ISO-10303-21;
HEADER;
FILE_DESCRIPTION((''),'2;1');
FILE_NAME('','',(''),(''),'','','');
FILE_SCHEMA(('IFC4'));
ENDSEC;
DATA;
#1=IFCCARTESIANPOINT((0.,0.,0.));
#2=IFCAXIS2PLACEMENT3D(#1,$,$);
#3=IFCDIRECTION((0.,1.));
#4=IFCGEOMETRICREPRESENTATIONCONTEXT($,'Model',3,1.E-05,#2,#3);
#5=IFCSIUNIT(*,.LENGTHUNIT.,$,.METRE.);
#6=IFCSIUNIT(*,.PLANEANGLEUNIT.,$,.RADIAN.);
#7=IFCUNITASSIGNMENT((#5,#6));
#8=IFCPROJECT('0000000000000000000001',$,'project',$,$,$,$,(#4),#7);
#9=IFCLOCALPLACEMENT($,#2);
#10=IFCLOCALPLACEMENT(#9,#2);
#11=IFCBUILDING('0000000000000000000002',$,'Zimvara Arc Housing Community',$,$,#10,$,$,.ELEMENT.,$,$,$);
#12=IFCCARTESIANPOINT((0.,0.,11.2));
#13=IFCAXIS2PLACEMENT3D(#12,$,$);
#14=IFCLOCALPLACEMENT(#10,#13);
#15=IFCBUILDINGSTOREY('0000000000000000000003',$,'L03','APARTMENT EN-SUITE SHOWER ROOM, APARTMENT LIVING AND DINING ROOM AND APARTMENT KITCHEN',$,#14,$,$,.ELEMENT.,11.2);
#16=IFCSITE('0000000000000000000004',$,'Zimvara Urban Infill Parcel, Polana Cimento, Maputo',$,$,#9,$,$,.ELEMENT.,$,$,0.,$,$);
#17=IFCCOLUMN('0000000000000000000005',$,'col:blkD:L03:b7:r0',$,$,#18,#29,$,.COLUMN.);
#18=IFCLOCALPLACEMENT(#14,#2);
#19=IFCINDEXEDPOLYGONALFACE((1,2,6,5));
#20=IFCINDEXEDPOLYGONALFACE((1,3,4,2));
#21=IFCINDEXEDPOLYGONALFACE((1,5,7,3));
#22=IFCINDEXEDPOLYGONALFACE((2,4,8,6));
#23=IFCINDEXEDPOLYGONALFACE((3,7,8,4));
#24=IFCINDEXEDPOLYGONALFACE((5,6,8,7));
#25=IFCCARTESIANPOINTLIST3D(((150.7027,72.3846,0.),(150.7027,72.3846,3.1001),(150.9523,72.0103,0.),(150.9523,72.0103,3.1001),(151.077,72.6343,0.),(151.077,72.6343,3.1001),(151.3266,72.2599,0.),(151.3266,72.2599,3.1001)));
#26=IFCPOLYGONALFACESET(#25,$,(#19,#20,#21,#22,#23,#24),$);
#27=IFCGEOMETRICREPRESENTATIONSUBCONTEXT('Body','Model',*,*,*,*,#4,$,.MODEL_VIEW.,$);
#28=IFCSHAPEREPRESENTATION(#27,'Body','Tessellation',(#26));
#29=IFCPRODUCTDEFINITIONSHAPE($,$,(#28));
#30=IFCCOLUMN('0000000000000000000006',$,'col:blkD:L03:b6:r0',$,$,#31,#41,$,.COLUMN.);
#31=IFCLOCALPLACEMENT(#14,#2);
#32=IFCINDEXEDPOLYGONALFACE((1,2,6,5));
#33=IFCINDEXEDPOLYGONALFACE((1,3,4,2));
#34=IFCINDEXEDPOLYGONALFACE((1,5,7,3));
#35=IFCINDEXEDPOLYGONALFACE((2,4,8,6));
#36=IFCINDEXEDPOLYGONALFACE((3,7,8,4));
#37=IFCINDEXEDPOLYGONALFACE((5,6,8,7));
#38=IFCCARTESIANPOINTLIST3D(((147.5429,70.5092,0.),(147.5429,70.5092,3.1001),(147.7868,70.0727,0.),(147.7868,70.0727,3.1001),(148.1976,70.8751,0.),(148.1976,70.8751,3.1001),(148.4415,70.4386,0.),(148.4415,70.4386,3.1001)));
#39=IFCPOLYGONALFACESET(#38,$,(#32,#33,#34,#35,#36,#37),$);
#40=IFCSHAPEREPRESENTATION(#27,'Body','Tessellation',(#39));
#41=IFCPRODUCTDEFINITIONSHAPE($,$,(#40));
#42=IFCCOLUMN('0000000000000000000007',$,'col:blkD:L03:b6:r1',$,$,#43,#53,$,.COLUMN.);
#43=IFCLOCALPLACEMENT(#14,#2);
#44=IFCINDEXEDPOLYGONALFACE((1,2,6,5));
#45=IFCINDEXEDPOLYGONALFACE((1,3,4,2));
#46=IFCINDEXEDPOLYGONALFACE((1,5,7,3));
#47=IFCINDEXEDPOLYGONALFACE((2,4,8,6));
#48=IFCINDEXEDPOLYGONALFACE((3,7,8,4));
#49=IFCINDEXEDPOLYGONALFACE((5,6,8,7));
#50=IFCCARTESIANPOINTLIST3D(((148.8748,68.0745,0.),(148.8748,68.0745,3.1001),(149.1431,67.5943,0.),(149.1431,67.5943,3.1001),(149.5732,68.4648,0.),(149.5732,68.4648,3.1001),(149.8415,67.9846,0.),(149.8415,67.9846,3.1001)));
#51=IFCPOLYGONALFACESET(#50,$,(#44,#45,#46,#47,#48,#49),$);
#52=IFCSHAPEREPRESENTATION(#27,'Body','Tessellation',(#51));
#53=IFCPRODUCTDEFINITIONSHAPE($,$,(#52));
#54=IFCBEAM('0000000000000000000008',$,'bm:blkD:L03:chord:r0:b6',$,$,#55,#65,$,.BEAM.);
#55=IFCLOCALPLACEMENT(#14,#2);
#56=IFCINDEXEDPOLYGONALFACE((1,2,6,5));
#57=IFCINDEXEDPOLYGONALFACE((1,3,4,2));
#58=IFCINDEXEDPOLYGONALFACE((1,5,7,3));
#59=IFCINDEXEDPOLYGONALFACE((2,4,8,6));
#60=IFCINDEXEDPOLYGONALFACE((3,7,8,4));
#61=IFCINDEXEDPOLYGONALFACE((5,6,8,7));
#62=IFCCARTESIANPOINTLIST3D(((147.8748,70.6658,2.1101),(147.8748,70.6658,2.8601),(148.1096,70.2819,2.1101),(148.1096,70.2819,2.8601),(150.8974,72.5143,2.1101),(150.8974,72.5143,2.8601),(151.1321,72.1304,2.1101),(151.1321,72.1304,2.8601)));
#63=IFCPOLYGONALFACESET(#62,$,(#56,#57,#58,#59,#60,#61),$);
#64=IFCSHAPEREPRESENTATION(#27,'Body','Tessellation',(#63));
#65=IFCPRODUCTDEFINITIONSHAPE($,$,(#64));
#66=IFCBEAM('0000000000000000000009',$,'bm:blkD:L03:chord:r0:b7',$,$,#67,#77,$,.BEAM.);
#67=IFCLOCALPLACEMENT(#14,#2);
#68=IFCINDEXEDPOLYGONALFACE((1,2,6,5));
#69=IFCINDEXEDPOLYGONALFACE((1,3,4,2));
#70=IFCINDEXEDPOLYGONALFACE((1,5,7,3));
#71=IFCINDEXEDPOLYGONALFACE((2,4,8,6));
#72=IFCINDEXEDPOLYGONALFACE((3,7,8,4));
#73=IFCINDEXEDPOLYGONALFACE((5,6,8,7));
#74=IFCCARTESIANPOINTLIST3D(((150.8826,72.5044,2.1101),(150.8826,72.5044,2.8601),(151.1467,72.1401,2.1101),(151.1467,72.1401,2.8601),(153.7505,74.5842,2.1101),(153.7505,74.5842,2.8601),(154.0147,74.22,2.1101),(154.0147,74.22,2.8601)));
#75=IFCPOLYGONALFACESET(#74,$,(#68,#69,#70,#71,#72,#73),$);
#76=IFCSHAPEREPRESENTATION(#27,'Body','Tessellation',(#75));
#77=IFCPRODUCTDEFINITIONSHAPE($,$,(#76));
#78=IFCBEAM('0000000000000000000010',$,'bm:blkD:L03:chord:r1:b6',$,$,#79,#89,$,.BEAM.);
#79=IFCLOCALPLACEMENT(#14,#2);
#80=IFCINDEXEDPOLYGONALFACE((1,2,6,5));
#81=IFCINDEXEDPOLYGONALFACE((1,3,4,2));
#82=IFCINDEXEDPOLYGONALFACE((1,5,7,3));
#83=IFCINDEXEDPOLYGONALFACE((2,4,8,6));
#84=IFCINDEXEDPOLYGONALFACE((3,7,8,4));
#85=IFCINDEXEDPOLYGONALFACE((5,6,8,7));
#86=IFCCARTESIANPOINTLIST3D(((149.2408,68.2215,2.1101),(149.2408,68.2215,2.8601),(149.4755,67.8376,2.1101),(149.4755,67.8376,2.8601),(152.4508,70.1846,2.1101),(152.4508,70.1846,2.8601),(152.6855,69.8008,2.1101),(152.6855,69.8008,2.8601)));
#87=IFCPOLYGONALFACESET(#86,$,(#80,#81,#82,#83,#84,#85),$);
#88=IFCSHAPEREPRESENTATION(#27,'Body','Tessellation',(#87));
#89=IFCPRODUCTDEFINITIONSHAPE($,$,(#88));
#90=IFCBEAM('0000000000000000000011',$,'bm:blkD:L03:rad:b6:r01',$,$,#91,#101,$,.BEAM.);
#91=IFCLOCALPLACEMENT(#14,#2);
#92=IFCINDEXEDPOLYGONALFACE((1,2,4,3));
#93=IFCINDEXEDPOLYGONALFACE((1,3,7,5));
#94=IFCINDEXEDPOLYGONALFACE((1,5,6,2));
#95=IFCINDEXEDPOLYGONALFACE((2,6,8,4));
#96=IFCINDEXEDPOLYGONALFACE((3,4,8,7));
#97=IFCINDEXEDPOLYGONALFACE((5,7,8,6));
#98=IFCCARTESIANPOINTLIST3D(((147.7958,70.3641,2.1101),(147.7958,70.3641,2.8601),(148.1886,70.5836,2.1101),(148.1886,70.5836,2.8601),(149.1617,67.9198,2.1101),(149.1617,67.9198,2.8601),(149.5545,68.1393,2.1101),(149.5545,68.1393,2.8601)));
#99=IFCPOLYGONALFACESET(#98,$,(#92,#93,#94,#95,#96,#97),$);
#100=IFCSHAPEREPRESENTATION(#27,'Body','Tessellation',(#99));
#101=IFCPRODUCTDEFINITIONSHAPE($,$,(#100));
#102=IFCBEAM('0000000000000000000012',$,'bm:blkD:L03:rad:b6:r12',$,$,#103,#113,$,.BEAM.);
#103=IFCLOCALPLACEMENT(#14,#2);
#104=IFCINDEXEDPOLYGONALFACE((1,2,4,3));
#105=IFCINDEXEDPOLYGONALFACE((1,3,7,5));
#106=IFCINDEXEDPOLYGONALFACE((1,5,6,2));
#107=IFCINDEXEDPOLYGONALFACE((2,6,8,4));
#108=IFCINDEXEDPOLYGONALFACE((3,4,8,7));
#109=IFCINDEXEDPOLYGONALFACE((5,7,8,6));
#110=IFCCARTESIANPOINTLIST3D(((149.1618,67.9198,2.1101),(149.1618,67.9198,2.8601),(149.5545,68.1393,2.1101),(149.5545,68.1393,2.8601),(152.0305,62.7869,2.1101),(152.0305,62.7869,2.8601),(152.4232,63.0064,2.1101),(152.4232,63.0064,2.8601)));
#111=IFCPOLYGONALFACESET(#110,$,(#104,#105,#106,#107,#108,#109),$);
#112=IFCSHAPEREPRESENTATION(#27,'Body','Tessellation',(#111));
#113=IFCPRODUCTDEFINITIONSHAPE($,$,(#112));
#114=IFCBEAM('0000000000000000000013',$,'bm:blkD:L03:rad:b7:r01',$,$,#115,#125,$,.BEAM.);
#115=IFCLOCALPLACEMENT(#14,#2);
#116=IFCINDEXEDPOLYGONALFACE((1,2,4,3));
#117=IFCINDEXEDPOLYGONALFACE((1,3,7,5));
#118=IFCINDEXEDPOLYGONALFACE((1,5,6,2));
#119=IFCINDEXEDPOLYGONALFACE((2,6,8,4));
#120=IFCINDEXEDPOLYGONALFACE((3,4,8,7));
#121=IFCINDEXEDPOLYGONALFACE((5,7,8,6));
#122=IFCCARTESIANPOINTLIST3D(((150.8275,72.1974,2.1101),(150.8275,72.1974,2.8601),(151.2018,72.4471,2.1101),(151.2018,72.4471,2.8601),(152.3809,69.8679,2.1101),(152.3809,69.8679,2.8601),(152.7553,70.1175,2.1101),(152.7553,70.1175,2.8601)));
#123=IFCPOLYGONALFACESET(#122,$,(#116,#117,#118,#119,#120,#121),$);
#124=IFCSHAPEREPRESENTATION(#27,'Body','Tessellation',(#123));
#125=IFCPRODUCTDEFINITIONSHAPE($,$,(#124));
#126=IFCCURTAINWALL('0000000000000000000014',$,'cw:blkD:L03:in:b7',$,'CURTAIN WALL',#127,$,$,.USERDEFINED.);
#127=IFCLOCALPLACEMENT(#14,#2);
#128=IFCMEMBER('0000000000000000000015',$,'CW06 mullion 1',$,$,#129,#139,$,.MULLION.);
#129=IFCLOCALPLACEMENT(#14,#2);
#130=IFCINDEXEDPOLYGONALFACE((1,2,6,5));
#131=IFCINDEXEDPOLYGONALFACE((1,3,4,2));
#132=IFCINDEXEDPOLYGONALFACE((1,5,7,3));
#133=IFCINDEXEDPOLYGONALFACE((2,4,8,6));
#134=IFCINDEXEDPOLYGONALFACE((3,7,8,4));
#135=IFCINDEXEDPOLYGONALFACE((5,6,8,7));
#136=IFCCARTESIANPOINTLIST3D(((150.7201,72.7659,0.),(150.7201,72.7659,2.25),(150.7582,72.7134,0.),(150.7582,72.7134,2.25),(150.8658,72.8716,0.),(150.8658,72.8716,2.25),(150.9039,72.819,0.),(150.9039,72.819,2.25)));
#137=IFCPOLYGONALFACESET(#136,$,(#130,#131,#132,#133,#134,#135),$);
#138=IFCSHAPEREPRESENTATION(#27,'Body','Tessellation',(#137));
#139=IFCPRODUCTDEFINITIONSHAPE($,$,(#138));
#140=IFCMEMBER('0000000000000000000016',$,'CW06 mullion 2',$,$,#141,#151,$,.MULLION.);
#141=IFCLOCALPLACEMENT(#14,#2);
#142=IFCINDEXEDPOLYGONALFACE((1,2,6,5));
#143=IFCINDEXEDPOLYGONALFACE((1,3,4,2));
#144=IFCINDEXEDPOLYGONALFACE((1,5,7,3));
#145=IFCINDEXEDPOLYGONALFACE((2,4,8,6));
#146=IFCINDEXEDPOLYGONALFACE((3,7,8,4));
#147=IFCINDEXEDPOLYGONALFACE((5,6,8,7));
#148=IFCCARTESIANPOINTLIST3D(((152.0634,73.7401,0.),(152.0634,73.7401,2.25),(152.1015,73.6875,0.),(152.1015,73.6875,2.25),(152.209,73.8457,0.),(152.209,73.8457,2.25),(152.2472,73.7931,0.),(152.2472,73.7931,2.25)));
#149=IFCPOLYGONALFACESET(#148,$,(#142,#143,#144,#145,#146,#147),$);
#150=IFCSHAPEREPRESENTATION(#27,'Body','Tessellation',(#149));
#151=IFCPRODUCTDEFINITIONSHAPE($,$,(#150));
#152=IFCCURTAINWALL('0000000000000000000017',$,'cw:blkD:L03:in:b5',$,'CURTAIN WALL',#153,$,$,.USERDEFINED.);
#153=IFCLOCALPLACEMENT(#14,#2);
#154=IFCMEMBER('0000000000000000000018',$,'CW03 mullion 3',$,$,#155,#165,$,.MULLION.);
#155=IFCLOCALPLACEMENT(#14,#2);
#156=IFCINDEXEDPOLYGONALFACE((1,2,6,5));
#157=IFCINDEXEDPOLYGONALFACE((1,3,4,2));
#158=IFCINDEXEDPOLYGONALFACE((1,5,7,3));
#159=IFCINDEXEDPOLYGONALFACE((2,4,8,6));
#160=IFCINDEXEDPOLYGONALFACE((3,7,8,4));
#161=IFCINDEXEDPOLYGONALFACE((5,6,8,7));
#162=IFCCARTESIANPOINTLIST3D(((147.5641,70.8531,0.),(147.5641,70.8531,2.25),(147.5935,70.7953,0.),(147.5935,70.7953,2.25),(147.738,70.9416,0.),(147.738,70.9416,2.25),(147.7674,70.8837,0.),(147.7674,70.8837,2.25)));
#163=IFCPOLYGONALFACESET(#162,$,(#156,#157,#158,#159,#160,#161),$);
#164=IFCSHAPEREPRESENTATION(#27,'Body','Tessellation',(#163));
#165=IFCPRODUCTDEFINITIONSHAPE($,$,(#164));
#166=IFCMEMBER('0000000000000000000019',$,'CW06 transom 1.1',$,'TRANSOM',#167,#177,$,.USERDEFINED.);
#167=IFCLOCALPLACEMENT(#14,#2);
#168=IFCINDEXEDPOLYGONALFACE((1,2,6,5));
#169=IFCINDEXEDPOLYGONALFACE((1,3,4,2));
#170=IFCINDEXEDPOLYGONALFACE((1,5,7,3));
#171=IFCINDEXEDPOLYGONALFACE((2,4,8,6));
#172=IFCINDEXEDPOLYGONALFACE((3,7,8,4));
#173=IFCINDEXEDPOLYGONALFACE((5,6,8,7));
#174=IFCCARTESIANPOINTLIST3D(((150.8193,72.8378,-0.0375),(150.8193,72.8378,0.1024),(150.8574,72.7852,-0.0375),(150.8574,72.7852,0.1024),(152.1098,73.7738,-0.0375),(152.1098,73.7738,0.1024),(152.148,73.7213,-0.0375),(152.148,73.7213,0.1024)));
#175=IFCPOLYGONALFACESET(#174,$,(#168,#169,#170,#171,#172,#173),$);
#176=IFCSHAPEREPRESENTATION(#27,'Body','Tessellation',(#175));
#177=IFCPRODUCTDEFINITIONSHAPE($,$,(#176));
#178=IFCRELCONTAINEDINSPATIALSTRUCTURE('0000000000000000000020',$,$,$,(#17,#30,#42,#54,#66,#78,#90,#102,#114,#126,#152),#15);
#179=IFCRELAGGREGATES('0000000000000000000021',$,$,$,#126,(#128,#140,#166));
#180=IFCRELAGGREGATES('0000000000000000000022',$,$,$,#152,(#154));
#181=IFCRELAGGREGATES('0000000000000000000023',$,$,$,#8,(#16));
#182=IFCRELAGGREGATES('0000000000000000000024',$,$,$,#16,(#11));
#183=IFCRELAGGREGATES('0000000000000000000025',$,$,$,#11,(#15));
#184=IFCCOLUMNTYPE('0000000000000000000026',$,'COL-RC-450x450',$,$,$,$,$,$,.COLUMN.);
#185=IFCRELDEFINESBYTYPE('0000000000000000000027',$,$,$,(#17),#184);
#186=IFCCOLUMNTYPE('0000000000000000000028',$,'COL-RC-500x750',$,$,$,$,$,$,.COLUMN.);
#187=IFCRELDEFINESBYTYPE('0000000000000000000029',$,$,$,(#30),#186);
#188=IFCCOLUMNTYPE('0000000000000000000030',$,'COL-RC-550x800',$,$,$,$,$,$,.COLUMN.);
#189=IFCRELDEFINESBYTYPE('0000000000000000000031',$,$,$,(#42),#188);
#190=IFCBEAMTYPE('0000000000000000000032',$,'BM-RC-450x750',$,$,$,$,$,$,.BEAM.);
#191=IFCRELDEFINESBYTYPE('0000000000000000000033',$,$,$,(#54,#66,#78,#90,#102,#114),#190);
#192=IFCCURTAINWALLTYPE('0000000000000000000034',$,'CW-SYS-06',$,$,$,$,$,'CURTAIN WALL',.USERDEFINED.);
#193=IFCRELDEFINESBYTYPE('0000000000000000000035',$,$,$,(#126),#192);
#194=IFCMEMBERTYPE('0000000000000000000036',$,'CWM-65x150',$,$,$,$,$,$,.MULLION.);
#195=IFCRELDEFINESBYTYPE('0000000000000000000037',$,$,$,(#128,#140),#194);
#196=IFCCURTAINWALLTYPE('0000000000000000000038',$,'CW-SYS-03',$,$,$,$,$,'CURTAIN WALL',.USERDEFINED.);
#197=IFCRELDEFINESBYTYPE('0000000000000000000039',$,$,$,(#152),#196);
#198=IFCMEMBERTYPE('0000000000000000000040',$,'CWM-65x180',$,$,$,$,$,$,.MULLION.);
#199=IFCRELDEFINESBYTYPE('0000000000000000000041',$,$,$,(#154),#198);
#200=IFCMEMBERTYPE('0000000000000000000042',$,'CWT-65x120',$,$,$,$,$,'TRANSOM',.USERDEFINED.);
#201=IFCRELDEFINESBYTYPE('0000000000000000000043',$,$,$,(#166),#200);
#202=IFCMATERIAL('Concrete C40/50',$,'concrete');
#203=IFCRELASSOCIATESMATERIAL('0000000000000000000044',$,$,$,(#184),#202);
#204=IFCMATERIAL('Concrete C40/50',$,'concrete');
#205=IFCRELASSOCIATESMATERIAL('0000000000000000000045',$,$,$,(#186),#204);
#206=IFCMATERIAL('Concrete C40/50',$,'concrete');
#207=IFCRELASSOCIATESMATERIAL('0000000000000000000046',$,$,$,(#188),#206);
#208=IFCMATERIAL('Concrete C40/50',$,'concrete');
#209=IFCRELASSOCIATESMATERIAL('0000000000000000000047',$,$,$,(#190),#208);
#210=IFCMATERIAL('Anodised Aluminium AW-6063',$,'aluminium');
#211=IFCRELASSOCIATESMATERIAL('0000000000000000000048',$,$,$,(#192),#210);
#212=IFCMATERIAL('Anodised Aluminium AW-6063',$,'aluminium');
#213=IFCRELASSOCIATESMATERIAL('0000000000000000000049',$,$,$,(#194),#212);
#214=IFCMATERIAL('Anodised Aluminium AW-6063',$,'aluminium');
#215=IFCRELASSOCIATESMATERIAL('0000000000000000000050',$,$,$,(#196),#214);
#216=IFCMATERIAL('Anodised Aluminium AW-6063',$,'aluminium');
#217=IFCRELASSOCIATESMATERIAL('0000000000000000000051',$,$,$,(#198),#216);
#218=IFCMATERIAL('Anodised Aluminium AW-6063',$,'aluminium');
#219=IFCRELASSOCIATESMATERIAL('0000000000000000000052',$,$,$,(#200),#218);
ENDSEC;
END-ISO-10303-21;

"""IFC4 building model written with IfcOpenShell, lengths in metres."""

from ifc_helpers import new_model, si_unit, direction, frame, origin, origin_2d, place, context, subcontext, project, spatial, rectangle, extrude, material, material_profile, profile_set, type_object, element, aggregate, save


model = new_model("IFC4")

# Units and contexts
model_context = context("Model", 3, precision=1e-05, world=origin(), true_north=direction((0.0, 1.0)))
body_context = subcontext(model_context, "Body", "Model", "MODEL_VIEW")
ifc_project = project(units=[si_unit("LENGTHUNIT", "METRE"), si_unit("PLANEANGLEUNIT", "RADIAN")], contexts=[model_context])

# Site, building, storey
site_placement = place(None, origin())
site = spatial("IfcSite", under=ifc_project, at=site_placement, Name="Zimvara Urban Infill Parcel, Polana Cimento, Maputo", CompositionType="ELEMENT", RefElevation=0.0)
building_placement = place(site_placement, origin())
building = spatial("IfcBuilding", under=site, at=building_placement, Name="Zimvara Arc Housing Community", CompositionType="ELEMENT")
storey_placement = place(building_placement, frame((0.0, 0.0, 11.2)))
storey = spatial("IfcBuildingStorey", under=building, at=storey_placement, Name="L03", Description="APARTMENT EN-SUITE SHOWER ROOM, APARTMENT LIVING AND DINING ROOM AND APARTMENT KITCHEN", CompositionType="ELEMENT", Elevation=11.2)

# Columns
ifc_material_1 = material(Name="Concrete C40/50", Category="concrete")
ifc_material_profile_1 = material_profile(ifc_material_1, rectangle(XDim=0.45, YDim=0.45, at=origin_2d()), Name="RC 450x450")
ifc_profile_set_1 = profile_set([ifc_material_profile_1], Name="Concrete C40/50")
column_type_1 = type_object("IfcColumnType", Name="COL-RC-450x450", PredefinedType="COLUMN", material=ifc_profile_set_1)
column_1_placement = place(storey_placement, frame((151.0146, 72.3223, 0.0), z_axis=(0.0, 0.0, 1.0), x_axis=(0.554844, -0.831954, 0.0)))
element("IfcColumn", 1, at=column_1_placement, inside=storey, type_object=column_type_1, Name="col:blkD:L03:b7:r0", PredefinedType="COLUMN", context=body_context, shape_type="SweptSolid", body=[
    extrude(rectangle(XDim=0.45, YDim=0.45, at=origin_2d()), origin(), (0.0, 0.0, 1.0), 3.1001),
])
ifc_material_2 = material(Name="Concrete C40/50", Category="concrete")
ifc_material_profile_2 = material_profile(ifc_material_2, rectangle(XDim=0.5, YDim=0.75, at=origin_2d()), Name="RC 500x750")
ifc_profile_set_2 = profile_set([ifc_material_profile_2], Name="Concrete C40/50")
column_type_2 = type_object("IfcColumnType", Name="COL-RC-500x750", PredefinedType="COLUMN", material=ifc_profile_set_2)
column_2_placement = place(storey_placement, frame((147.9922, 70.4739, 0.0), z_axis=(0.0, 0.0, 1.0), x_axis=(0.48786, -0.872922, 0.0)))
element("IfcColumn", 2, at=column_2_placement, inside=storey, type_object=column_type_2, Name="col:blkD:L03:b6:r0", PredefinedType="COLUMN", context=body_context, shape_type="SweptSolid", body=[
    extrude(rectangle(XDim=0.5, YDim=0.75, at=origin_2d()), origin(), (0.0, 0.0, 1.0), 3.1001),
])
ifc_material_3 = material(Name="Concrete C40/50", Category="concrete")
ifc_material_profile_3 = material_profile(ifc_material_3, rectangle(XDim=0.55, YDim=0.8, at=origin_2d()), Name="RC 550x800")
ifc_profile_set_3 = profile_set([ifc_material_profile_3], Name="Concrete C40/50")
column_type_3 = type_object("IfcColumnType", Name="COL-RC-550x800", PredefinedType="COLUMN", material=ifc_profile_set_3)
column_3_placement = place(storey_placement, frame((149.3582, 68.0295, 0.0), z_axis=(0.0, 0.0, 1.0), x_axis=(0.48786, -0.872922, 0.0)))
element("IfcColumn", 3, at=column_3_placement, inside=storey, type_object=column_type_3, Name="col:blkD:L03:b6:r1", PredefinedType="COLUMN", context=body_context, shape_type="SweptSolid", body=[
    extrude(rectangle(XDim=0.55, YDim=0.8, at=origin_2d()), origin(), (0.0, 0.0, 1.0), 3.1001),
])

# Beams
ifc_material_4 = material(Name="Concrete C40/50", Category="concrete")
ifc_material_profile_4 = material_profile(ifc_material_4, rectangle(XDim=0.45, YDim=0.75, at=origin_2d()), Name="RC 450x750")
ifc_profile_set_4 = profile_set([ifc_material_profile_4], Name="Concrete C40/50")
beam_type = type_object("IfcBeamType", Name="BM-RC-450x750", PredefinedType="BEAM", material=ifc_profile_set_4)
beam_1_placement = place(storey_placement, frame((147.9922, 70.4739, 2.4851), z_axis=(0.853115, 0.521723, 0.0), x_axis=(-0.521723, 0.853115, 0.0)))
element("IfcBeam", 4, at=beam_1_placement, inside=storey, type_object=beam_type, Name="bm:blkD:L03:chord:r0:b6", PredefinedType="BEAM", context=body_context, shape_type="SweptSolid", body=[
    extrude(rectangle(XDim=0.45, YDim=0.75, at=origin_2d()), origin(), (0.0, 0.0, 1.0), 3.543),
])
beam_2_placement = place(storey_placement, frame((151.0146, 72.3223, 2.4851), z_axis=(0.809531, 0.587077, 0.0), x_axis=(-0.587077, 0.809531, 0.0)))
element("IfcBeam", 5, at=beam_2_placement, inside=storey, type_object=beam_type, Name="bm:blkD:L03:chord:r0:b7", PredefinedType="BEAM", context=body_context, shape_type="SweptSolid", body=[
    extrude(rectangle(XDim=0.45, YDim=0.75, at=origin_2d()), origin(), (0.0, 0.0, 1.0), 3.5427),
])
beam_3_placement = place(storey_placement, frame((149.3582, 68.0295, 2.4851), z_axis=(0.853105, 0.521739, 0.0), x_axis=(-0.521739, 0.853105, 0.0)))
element("IfcBeam", 6, at=beam_3_placement, inside=storey, type_object=beam_type, Name="bm:blkD:L03:chord:r1:b6", PredefinedType="BEAM", context=body_context, shape_type="SweptSolid", body=[
    extrude(rectangle(XDim=0.45, YDim=0.75, at=origin_2d()), origin(), (0.0, 0.0, 1.0), 3.7627),
])
beam_4_placement = place(storey_placement, frame((147.9922, 70.4739, 2.4851), z_axis=(0.487825, -0.872941, 0.0), x_axis=(0.872941, 0.487825, 0.0)))
element("IfcBeam", 7, at=beam_4_placement, inside=storey, type_object=beam_type, Name="bm:blkD:L03:rad:b6:r01", PredefinedType="BEAM", context=body_context, shape_type="SweptSolid", body=[
    extrude(rectangle(XDim=0.45, YDim=0.75, at=origin_2d()), origin(), (0.0, 0.0, 1.0), 2.8),
])
beam_5_placement = place(storey_placement, frame((149.3582, 68.0295, 2.4851), z_axis=(0.487862, -0.872921, 0.0), x_axis=(0.872921, 0.487862, 0.0)))
element("IfcBeam", 8, at=beam_5_placement, inside=storey, type_object=beam_type, Name="bm:blkD:L03:rad:b6:r12", PredefinedType="BEAM", context=body_context, shape_type="SweptSolid", body=[
    extrude(rectangle(XDim=0.45, YDim=0.75, at=origin_2d()), origin(), (0.0, 0.0, 1.0), 5.8801),
])
beam_6_placement = place(storey_placement, frame((151.0146, 72.3223, 2.4851), z_axis=(0.554801, -0.831983, 0.0), x_axis=(0.831983, 0.554801, 0.0)))
element("IfcBeam", 9, at=beam_6_placement, inside=storey, type_object=beam_type, Name="bm:blkD:L03:rad:b7:r01", PredefinedType="BEAM", context=body_context, shape_type="SweptSolid", body=[
    extrude(rectangle(XDim=0.45, YDim=0.75, at=origin_2d()), origin(), (0.0, 0.0, 1.0), 2.8),
])

# Curtain wall, members
ifc_material_5 = material(Name="Anodised Aluminium AW-6063", Category="aluminium")
curtain_wall_type_1 = type_object("IfcCurtainWallType", Name="CW-SYS-06", ElementType="CURTAIN WALL", PredefinedType="USERDEFINED", material=ifc_material_5)
curtain_wall_1_placement = place(storey_placement, origin())
curtain_wall_1 = element("IfcCurtainWall", 10, at=curtain_wall_1_placement, inside=storey, type_object=curtain_wall_type_1, Name="cw:blkD:L03:in:b7", ObjectType="CURTAIN WALL", PredefinedType="USERDEFINED")
ifc_material_6 = material(Name="Anodised Aluminium AW-6063", Category="aluminium")
ifc_material_profile_5 = material_profile(ifc_material_6, rectangle(XDim=0.0649, YDim=0.1799, at=origin_2d()), Name="ALU 65x180")
ifc_profile_set_5 = profile_set([ifc_material_profile_5], Name="Anodised Aluminium AW-6063")
member_type_1 = type_object("IfcMemberType", Name="CWM-65x150", PredefinedType="MULLION", material=ifc_profile_set_5)
member_1_placement = place(storey_placement, frame((150.812, 72.7925, 0.0), z_axis=(0.0, 0.0, 1.0), x_axis=(-0.587079, 0.809529, 0.0)))
member_1 = element("IfcMember", 11, at=member_1_placement, type_object=member_type_1, Name="CW06 mullion 1", PredefinedType="MULLION", context=body_context, shape_type="SweptSolid", body=[
    extrude(rectangle(XDim=0.0649, YDim=0.1799, at=origin_2d()), origin(), (0.0, 0.0, 1.0), 2.25),
])
member_2_placement = place(storey_placement, frame((152.1553, 73.7666, 0.0), z_axis=(0.0, 0.0, 1.0), x_axis=(-0.587079, 0.809529, 0.0)))
member_2 = element("IfcMember", 12, at=member_2_placement, type_object=member_type_1, Name="CW06 mullion 2", PredefinedType="MULLION", context=body_context, shape_type="SweptSolid", body=[
    extrude(rectangle(XDim=0.0649, YDim=0.1799, at=origin_2d()), origin(), (0.0, 0.0, 1.0), 2.25),
])

# Curtain wall, member
ifc_material_7 = material(Name="Anodised Aluminium AW-6063", Category="aluminium")
curtain_wall_type_2 = type_object("IfcCurtainWallType", Name="CW-SYS-03", ElementType="CURTAIN WALL", PredefinedType="USERDEFINED", material=ifc_material_7)
curtain_wall_2_placement = place(storey_placement, origin())
curtain_wall_2 = element("IfcCurtainWall", 13, at=curtain_wall_2_placement, inside=storey, type_object=curtain_wall_type_2, Name="cw:blkD:L03:in:b5", ObjectType="CURTAIN WALL", PredefinedType="USERDEFINED")
ifc_material_8 = material(Name="Anodised Aluminium AW-6063", Category="aluminium")
ifc_material_profile_6 = material_profile(ifc_material_8, rectangle(XDim=0.0649, YDim=0.1951, at=origin_2d()), Name="ALU 65x195")
ifc_profile_set_6 = profile_set([ifc_material_profile_6], Name="Anodised Aluminium AW-6063")
member_type_2 = type_object("IfcMemberType", Name="CWM-65x180", PredefinedType="MULLION", material=ifc_profile_set_6)
member_3_placement = place(storey_placement, frame((147.6658, 70.8684, 0.0), z_axis=(0.0, 0.0, 1.0), x_axis=(-0.453211, 0.891403, 0.0)))
member_3 = element("IfcMember", 14, at=member_3_placement, type_object=member_type_2, Name="CW03 mullion 3", PredefinedType="MULLION", context=body_context, shape_type="SweptSolid", body=[
    extrude(rectangle(XDim=0.0649, YDim=0.1951, at=origin_2d()), origin(), (0.0, 0.0, 1.0), 2.25),
])

# Member
ifc_material_9 = material(Name="Anodised Aluminium AW-6063", Category="aluminium")
ifc_material_profile_7 = material_profile(ifc_material_9, rectangle(XDim=0.0649, YDim=0.1399, at=origin_2d()), Name="ALU 65x140")
ifc_profile_set_7 = profile_set([ifc_material_profile_7], Name="Anodised Aluminium AW-6063")
member_type_3 = type_object("IfcMemberType", Name="CWT-65x120", ElementType="TRANSOM", PredefinedType="USERDEFINED", material=ifc_profile_set_7)
member_4_placement = place(storey_placement, frame((150.8384, 72.8115, 0.0325), z_axis=(0.80949, 0.587133, 0.0), x_axis=(-0.587133, 0.80949, 0.0)))
member_4 = element("IfcMember", 15, at=member_4_placement, type_object=member_type_3, Name="CW06 transom 1.1", ObjectType="TRANSOM", PredefinedType="USERDEFINED", context=body_context, shape_type="SweptSolid", body=[
    extrude(rectangle(XDim=0.0649, YDim=0.1399, at=origin_2d()), origin(), (0.0, 0.0, 1.0), 1.5942),
])

aggregate(curtain_wall_1, [member_1, member_2, member_4])
aggregate(curtain_wall_2, [member_3])

save(model, "model.ifc")
